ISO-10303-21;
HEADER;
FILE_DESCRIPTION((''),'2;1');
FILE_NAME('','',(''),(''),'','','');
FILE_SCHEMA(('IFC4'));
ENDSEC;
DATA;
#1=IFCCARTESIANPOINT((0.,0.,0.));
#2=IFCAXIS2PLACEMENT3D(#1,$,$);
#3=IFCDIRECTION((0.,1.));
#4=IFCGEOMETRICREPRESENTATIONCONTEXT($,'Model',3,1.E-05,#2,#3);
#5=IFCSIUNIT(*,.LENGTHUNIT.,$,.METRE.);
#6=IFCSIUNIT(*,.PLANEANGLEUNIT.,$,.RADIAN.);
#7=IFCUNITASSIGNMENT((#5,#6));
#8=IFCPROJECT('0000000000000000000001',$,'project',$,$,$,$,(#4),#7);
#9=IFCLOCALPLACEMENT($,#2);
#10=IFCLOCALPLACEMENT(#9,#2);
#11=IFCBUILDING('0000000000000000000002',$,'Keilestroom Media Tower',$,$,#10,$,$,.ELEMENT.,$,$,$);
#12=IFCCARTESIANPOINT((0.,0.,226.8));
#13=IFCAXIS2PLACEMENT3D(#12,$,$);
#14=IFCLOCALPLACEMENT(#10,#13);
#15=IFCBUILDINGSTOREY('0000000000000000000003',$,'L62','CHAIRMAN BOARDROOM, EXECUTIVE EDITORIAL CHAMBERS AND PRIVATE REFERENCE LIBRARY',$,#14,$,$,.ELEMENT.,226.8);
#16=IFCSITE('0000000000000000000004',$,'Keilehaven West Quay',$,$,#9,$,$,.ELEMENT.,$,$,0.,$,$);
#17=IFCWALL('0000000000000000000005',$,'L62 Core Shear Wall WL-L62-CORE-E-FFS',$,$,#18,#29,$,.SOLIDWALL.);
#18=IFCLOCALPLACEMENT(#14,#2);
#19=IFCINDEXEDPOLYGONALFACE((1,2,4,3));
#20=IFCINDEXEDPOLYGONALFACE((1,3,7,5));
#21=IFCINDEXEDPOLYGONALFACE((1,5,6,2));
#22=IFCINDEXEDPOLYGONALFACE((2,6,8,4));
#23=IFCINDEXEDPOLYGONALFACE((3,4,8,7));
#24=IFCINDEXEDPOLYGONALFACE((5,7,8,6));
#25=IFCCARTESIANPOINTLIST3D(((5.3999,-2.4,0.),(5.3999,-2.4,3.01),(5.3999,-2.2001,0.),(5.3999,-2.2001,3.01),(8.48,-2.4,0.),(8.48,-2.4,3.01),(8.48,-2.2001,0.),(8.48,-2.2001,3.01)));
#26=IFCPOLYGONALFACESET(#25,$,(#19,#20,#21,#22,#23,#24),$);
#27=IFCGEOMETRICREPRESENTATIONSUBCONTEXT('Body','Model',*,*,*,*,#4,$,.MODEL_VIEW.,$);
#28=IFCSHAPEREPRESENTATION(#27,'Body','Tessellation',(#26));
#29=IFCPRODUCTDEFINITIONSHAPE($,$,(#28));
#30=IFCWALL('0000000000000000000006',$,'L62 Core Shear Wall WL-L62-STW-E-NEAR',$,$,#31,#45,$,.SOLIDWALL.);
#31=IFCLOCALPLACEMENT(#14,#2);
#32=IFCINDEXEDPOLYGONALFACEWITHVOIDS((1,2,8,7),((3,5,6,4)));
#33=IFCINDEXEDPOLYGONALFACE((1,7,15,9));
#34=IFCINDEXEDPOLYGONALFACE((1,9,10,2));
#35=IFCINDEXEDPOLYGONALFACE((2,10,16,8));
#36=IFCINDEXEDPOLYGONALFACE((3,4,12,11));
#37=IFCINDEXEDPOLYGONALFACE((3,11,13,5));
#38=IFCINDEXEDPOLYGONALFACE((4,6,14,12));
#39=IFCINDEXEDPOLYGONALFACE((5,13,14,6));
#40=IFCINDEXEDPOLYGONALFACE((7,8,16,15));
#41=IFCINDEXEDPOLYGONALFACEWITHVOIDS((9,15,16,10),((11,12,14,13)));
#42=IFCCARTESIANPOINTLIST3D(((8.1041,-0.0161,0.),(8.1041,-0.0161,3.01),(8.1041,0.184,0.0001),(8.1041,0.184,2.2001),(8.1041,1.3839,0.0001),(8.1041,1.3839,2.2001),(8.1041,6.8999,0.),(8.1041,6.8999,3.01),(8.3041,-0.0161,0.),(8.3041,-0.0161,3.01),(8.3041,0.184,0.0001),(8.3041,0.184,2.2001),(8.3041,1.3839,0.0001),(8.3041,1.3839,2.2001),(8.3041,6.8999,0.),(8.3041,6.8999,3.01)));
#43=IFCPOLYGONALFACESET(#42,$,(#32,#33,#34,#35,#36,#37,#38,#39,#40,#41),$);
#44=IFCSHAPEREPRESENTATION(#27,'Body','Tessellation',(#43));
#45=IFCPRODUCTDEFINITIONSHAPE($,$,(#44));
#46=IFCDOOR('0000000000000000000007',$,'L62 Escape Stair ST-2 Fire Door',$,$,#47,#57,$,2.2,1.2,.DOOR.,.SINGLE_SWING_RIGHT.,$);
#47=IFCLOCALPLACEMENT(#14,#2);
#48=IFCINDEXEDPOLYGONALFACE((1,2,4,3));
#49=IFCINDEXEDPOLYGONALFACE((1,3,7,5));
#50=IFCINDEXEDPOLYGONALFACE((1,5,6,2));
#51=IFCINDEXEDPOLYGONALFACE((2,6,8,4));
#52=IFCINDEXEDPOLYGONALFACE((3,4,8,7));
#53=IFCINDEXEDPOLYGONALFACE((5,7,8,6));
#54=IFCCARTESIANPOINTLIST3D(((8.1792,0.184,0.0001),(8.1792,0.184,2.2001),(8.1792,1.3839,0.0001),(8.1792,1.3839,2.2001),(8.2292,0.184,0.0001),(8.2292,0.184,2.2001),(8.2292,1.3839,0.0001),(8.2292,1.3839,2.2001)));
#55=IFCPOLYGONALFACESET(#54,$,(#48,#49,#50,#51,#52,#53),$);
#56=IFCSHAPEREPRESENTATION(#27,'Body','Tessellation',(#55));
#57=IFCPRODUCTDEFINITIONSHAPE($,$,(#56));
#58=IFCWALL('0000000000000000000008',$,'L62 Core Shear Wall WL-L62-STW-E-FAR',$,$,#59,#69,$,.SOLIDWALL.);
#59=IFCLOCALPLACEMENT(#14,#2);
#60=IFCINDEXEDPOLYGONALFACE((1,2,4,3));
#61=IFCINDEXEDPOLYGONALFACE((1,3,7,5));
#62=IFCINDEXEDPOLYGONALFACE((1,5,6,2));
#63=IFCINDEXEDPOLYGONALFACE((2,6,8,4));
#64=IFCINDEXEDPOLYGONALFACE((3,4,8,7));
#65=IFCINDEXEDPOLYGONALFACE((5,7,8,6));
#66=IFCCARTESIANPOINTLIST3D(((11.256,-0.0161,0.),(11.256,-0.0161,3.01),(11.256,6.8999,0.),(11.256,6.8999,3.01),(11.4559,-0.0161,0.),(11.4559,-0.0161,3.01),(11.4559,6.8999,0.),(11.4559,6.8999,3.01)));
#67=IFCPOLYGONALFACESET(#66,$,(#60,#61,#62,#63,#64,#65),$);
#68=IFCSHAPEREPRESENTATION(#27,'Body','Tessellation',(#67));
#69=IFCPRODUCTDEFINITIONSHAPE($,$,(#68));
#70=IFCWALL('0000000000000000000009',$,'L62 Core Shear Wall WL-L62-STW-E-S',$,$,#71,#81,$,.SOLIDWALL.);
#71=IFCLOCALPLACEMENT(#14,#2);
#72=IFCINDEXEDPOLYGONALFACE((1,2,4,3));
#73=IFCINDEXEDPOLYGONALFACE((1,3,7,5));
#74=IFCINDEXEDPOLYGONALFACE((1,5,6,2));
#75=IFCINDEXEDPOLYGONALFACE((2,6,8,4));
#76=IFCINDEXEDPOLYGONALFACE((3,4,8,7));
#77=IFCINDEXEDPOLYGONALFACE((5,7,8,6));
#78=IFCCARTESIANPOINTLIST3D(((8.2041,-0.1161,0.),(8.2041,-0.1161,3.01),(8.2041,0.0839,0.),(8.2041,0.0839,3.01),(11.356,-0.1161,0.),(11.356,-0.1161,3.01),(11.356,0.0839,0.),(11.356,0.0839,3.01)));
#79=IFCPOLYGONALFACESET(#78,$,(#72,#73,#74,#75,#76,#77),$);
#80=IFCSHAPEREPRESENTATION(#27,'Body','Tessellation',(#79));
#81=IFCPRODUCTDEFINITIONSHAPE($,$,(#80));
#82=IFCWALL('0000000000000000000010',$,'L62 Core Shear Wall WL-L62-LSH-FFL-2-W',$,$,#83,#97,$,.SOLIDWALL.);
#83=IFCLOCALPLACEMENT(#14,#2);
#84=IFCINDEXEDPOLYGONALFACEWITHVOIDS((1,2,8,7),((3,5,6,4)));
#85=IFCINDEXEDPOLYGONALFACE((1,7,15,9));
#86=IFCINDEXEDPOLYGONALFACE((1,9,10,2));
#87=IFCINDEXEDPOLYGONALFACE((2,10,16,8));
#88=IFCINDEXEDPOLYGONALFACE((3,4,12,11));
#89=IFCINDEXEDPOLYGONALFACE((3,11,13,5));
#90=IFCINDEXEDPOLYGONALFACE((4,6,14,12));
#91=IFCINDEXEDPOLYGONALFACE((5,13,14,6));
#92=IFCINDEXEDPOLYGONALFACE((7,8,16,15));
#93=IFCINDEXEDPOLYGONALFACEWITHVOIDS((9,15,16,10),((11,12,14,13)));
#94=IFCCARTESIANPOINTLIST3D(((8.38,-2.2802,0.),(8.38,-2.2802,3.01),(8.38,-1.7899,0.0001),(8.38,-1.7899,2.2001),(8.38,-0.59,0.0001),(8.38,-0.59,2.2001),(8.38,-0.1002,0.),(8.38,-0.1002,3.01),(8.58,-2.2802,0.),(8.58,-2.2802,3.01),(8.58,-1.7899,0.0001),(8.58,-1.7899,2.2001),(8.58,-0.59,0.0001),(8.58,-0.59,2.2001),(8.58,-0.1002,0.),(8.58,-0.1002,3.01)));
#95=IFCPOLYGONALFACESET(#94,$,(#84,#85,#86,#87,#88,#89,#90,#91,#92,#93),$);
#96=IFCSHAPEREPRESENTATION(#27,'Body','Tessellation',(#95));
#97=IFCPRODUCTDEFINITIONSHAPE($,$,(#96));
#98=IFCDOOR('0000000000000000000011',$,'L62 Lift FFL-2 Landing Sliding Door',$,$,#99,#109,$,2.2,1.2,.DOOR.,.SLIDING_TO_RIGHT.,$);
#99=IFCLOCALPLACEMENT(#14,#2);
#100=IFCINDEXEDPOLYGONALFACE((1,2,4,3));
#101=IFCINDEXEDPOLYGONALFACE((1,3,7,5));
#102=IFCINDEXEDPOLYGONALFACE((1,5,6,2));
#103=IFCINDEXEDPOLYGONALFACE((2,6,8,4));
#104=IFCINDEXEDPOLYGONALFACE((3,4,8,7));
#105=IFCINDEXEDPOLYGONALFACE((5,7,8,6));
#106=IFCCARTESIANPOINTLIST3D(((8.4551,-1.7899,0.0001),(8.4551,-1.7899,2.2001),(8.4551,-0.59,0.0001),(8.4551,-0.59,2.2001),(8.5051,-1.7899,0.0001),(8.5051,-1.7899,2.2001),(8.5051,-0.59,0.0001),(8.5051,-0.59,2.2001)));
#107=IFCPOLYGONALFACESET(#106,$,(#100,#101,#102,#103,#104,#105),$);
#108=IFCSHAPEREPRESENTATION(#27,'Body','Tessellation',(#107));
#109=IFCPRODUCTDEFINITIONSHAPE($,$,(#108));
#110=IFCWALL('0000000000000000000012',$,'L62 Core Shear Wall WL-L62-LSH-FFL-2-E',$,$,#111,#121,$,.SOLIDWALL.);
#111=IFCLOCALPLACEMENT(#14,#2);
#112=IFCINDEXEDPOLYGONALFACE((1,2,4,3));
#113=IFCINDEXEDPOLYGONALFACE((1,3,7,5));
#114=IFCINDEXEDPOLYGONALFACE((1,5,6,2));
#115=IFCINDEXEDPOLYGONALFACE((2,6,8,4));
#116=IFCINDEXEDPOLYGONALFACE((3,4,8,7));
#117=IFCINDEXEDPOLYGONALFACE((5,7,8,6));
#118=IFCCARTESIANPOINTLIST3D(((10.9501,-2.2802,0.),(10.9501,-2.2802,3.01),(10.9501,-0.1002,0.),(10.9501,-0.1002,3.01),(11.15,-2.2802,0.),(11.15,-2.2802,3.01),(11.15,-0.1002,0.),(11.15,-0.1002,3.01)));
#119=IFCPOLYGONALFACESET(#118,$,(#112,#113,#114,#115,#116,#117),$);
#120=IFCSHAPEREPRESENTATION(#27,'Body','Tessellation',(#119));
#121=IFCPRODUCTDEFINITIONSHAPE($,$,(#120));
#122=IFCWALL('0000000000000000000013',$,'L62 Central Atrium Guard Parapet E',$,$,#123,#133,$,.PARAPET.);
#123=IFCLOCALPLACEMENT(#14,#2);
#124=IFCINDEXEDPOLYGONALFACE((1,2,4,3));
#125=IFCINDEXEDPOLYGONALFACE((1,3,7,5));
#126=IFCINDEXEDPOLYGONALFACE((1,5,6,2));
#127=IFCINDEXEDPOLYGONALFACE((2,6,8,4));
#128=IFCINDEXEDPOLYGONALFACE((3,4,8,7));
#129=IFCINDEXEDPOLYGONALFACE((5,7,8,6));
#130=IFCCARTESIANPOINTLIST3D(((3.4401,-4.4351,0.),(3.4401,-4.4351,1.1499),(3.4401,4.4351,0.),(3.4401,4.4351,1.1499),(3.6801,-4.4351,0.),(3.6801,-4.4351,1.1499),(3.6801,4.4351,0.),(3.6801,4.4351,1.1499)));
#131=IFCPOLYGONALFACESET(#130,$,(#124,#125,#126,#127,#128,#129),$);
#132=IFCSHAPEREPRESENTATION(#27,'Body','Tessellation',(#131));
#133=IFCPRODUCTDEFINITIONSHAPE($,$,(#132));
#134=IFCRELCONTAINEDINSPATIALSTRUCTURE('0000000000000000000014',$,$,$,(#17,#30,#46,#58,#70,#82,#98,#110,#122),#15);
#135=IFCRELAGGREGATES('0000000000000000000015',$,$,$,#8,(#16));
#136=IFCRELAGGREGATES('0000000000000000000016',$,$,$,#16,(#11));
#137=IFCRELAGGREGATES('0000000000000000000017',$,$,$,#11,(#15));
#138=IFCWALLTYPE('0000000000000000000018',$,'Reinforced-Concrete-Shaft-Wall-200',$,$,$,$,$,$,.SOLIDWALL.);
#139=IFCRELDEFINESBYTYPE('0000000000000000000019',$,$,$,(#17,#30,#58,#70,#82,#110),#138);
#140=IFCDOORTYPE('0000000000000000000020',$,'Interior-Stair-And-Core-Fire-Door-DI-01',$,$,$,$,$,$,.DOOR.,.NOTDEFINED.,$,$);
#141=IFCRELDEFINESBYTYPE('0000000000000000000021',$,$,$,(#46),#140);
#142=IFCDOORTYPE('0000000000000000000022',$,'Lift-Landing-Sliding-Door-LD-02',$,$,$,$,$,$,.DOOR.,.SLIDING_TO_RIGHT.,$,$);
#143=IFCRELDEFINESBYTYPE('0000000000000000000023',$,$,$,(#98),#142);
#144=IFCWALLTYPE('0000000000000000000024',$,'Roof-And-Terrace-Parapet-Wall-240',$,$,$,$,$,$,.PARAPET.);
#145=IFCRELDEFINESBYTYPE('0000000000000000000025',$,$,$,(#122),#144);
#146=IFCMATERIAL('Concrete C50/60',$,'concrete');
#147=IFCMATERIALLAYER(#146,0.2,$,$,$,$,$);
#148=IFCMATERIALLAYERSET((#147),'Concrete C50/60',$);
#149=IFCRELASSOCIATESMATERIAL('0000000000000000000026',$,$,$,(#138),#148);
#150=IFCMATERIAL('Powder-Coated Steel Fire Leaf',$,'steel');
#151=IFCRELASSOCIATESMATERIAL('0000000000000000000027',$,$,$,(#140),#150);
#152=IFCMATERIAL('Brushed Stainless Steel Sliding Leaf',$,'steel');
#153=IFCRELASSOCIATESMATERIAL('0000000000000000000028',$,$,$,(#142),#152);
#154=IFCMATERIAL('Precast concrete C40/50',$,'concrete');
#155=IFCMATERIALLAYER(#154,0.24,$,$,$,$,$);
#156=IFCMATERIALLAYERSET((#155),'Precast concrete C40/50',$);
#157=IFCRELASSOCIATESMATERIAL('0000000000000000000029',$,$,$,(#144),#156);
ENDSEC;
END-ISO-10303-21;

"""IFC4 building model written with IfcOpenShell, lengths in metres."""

from ifc_helpers import new_model, si_unit, direction, frame, frame_2d, origin, place, context, subcontext, project, spatial, rectangle, extrude, source, transform, mapped, material, layer, layer_set, type_object, element, fill, save


model = new_model("IFC4")

# Units and contexts
model_context = context("Model", 3, precision=1e-05, world=origin(), true_north=direction((0.0, 1.0)))
body_context = subcontext(model_context, "Body", "Model", "MODEL_VIEW")
ifc_project = project(units=[si_unit("LENGTHUNIT", "METRE"), si_unit("PLANEANGLEUNIT", "RADIAN")], contexts=[model_context])

# Site, building, storey
site_placement = place(None, origin())
site = spatial("IfcSite", under=ifc_project, at=site_placement, Name="Keilehaven West Quay", CompositionType="ELEMENT", RefElevation=0.0)
building_placement = place(site_placement, origin())
building = spatial("IfcBuilding", under=site, at=building_placement, Name="Keilestroom Media Tower", CompositionType="ELEMENT")
storey_placement = place(building_placement, frame((0.0, 0.0, 226.8)))
storey = spatial("IfcBuildingStorey", under=building, at=storey_placement, Name="L62", Description="CHAIRMAN BOARDROOM, EXECUTIVE EDITORIAL CHAMBERS AND PRIVATE REFERENCE LIBRARY", CompositionType="ELEMENT", Elevation=226.8)

# Shared definitions
ifc_material_1 = material(Name="Concrete C50/60", Category="concrete")

# Shared definitions
ifc_material_2 = material(Name="Powder-Coated Steel Fire Leaf", Category="steel")
shared_shape_1 = source(origin(), body_context, "Body", "SweptSolid", [
    extrude(rectangle(XDim=1.2, YDim=2.2, at=frame_2d((0.6001, 1.1001))), frame((0.0, 0.0249, 0.0), z_axis=(0.0, -1.0, 0.0), x_axis=(1.0, 0.0, 0.0)), (0.0, 0.0, 1.0), 0.05),
])

# Wall
ifc_layer_1 = layer(ifc_material_1, 0.2)
ifc_layer_set_1 = layer_set([ifc_layer_1], Name="Concrete C50/60")
wall_type_1 = type_object("IfcWallType", Name="Reinforced-Concrete-Shaft-Wall-200", PredefinedType="SOLIDWALL", material=ifc_layer_set_1)
wall_1_placement = place(storey_placement, frame((5.3999, -2.3, 0.0), z_axis=(0.0, 0.0, 1.0), x_axis=(1.0, 0.0, 0.0)))
element("IfcWall", 1, at=wall_1_placement, inside=storey, type_object=wall_type_1, Name="L62 Core Shear Wall WL-L62-CORE-E-FFS", PredefinedType="SOLIDWALL", context=body_context, shape_type="SweptSolid", body=[
    extrude(rectangle(XDim=3.0801, YDim=0.2, at=frame_2d((1.54, 0.0))), origin(), (0.0, 0.0, 1.0), 3.01),
])

# Wall, opening, door
wall_2_placement = place(storey_placement, frame((8.2041, -0.0161, 0.0), z_axis=(0.0, 0.0, 1.0), x_axis=(0.0, 1.0, 0.0)))
wall_2 = element("IfcWall", 2, at=wall_2_placement, inside=storey, type_object=wall_type_1, Name="L62 Core Shear Wall WL-L62-STW-E-NEAR", PredefinedType="SOLIDWALL", context=body_context, shape_type="SweptSolid", body=[
    extrude(rectangle(XDim=6.916, YDim=0.2, at=frame_2d((3.458, 0.0))), origin(), (0.0, 0.0, 1.0), 3.01),
])
opening_1_placement = place(wall_2_placement, frame((0.2, 0.0, 0.0)))
opening_1 = element("IfcOpeningElement", 3, at=opening_1_placement, cuts=wall_2, PredefinedType="OPENING", context=body_context, shape_type="SweptSolid", body=[
    extrude(rectangle(XDim=1.2, YDim=2.2, at=frame_2d((0.6001, 1.1001))), frame((0.0, 0.1099, 0.0), z_axis=(0.0, -1.0, 0.0), x_axis=(1.0, 0.0, 0.0)), (0.0, 0.0, 1.0), 0.22),
])
door_type_1 = type_object("IfcDoorType", Name="Interior-Stair-And-Core-Fire-Door-DI-01", OperationType="NOTDEFINED", PredefinedType="DOOR", material=ifc_material_2)
door_1_placement = place(opening_1_placement, origin())
door_1 = element("IfcDoor", 4, at=door_1_placement, inside=storey, type_object=door_type_1, Name="L62 Escape Stair ST-2 Fire Door", OperationType="SINGLE_SWING_RIGHT", OverallHeight=2.2, OverallWidth=1.2, PredefinedType="DOOR", context=body_context, shape_type="MappedRepresentation", body=[
    mapped(shared_shape_1, transform((0.0, 0.0, 0.0), x_axis=(1.0, 0.0, 0.0), y_axis=(0.0, 1.0, 0.0), z_axis=(0.0, 0.0, 1.0), scale=1.0)),
])
fill(opening_1, door_1)

# Walls
wall_3_placement = place(storey_placement, frame((11.356, -0.0161, 0.0), z_axis=(0.0, 0.0, 1.0), x_axis=(0.0, 1.0, 0.0)))
element("IfcWall", 5, at=wall_3_placement, inside=storey, type_object=wall_type_1, Name="L62 Core Shear Wall WL-L62-STW-E-FAR", PredefinedType="SOLIDWALL", context=body_context, shape_type="SweptSolid", body=[
    extrude(rectangle(XDim=6.916, YDim=0.2, at=frame_2d((3.458, 0.0))), origin(), (0.0, 0.0, 1.0), 3.01),
])
wall_4_placement = place(storey_placement, frame((8.2041, -0.0161, 0.0), z_axis=(0.0, 0.0, 1.0), x_axis=(1.0, 0.0, 0.0)))
element("IfcWall", 6, at=wall_4_placement, inside=storey, type_object=wall_type_1, Name="L62 Core Shear Wall WL-L62-STW-E-S", PredefinedType="SOLIDWALL", context=body_context, shape_type="SweptSolid", body=[
    extrude(rectangle(XDim=3.1519, YDim=0.2, at=frame_2d((1.5759, 0.0))), origin(), (0.0, 0.0, 1.0), 3.01),
])

# Wall, opening, door
wall_5_placement = place(storey_placement, frame((8.48, -2.28, 0.0), z_axis=(0.0, 0.0, 1.0), x_axis=(0.0, 1.0, 0.0)))
wall_5 = element("IfcWall", 7, at=wall_5_placement, inside=storey, type_object=wall_type_1, Name="L62 Core Shear Wall WL-L62-LSH-FFL-2-W", PredefinedType="SOLIDWALL", context=body_context, shape_type="SweptSolid", body=[
    extrude(rectangle(XDim=2.1799, YDim=0.2, at=frame_2d((1.0898, 0.0))), origin(), (0.0, 0.0, 1.0), 3.01),
])
opening_2_placement = place(wall_5_placement, frame((0.49, 0.0, 0.0)))
opening_2 = element("IfcOpeningElement", 8, at=opening_2_placement, cuts=wall_5, PredefinedType="OPENING", context=body_context, shape_type="SweptSolid", body=[
    extrude(rectangle(XDim=1.2, YDim=2.2, at=frame_2d((0.6001, 1.1001))), frame((0.0, 0.1099, 0.0), z_axis=(0.0, -1.0, 0.0), x_axis=(1.0, 0.0, 0.0)), (0.0, 0.0, 1.0), 0.22),
])
ifc_material_3 = material(Name="Brushed Stainless Steel Sliding Leaf", Category="steel")
door_type_2 = type_object("IfcDoorType", Name="Lift-Landing-Sliding-Door-LD-02", OperationType="SLIDING_TO_RIGHT", PredefinedType="DOOR", material=ifc_material_3)
door_2_placement = place(opening_2_placement, origin())
door_2 = element("IfcDoor", 9, at=door_2_placement, inside=storey, type_object=door_type_2, Name="L62 Lift FFL-2 Landing Sliding Door", OperationType="SLIDING_TO_RIGHT", OverallHeight=2.2, OverallWidth=1.2, PredefinedType="DOOR", context=body_context, shape_type="MappedRepresentation", body=[
    mapped(shared_shape_1, transform((0.0, 0.0, 0.0), x_axis=(1.0, 0.0, 0.0), y_axis=(0.0, 1.0, 0.0), z_axis=(0.0, 0.0, 1.0), scale=1.0)),
])
fill(opening_2, door_2)

# Walls
wall_6_placement = place(storey_placement, frame((11.05, -2.28, 0.0), z_axis=(0.0, 0.0, 1.0), x_axis=(0.0, 1.0, 0.0)))
element("IfcWall", 10, at=wall_6_placement, inside=storey, type_object=wall_type_1, Name="L62 Core Shear Wall WL-L62-LSH-FFL-2-E", PredefinedType="SOLIDWALL", context=body_context, shape_type="SweptSolid", body=[
    extrude(rectangle(XDim=2.1799, YDim=0.2, at=frame_2d((1.0898, 0.0))), origin(), (0.0, 0.0, 1.0), 3.01),
])
ifc_material_4 = material(Name="Precast concrete C40/50", Category="concrete")
ifc_layer_2 = layer(ifc_material_4, 0.24)
ifc_layer_set_2 = layer_set([ifc_layer_2], Name="Precast concrete C40/50")
wall_type_2 = type_object("IfcWallType", Name="Roof-And-Terrace-Parapet-Wall-240", PredefinedType="PARAPET", material=ifc_layer_set_2)
wall_7_placement = place(storey_placement, frame((3.5601, -4.4351, 0.0), z_axis=(0.0, 0.0, 1.0), x_axis=(0.0, 1.0, 0.0)))
element("IfcWall", 11, at=wall_7_placement, inside=storey, type_object=wall_type_2, Name="L62 Central Atrium Guard Parapet E", PredefinedType="PARAPET", context=body_context, shape_type="SweptSolid", body=[
    extrude(rectangle(XDim=8.8701, YDim=0.24, at=frame_2d((4.4351, 0.0))), origin(), (0.0, 0.0, 1.0), 1.1499),
])

save(model, "model.ifc")
